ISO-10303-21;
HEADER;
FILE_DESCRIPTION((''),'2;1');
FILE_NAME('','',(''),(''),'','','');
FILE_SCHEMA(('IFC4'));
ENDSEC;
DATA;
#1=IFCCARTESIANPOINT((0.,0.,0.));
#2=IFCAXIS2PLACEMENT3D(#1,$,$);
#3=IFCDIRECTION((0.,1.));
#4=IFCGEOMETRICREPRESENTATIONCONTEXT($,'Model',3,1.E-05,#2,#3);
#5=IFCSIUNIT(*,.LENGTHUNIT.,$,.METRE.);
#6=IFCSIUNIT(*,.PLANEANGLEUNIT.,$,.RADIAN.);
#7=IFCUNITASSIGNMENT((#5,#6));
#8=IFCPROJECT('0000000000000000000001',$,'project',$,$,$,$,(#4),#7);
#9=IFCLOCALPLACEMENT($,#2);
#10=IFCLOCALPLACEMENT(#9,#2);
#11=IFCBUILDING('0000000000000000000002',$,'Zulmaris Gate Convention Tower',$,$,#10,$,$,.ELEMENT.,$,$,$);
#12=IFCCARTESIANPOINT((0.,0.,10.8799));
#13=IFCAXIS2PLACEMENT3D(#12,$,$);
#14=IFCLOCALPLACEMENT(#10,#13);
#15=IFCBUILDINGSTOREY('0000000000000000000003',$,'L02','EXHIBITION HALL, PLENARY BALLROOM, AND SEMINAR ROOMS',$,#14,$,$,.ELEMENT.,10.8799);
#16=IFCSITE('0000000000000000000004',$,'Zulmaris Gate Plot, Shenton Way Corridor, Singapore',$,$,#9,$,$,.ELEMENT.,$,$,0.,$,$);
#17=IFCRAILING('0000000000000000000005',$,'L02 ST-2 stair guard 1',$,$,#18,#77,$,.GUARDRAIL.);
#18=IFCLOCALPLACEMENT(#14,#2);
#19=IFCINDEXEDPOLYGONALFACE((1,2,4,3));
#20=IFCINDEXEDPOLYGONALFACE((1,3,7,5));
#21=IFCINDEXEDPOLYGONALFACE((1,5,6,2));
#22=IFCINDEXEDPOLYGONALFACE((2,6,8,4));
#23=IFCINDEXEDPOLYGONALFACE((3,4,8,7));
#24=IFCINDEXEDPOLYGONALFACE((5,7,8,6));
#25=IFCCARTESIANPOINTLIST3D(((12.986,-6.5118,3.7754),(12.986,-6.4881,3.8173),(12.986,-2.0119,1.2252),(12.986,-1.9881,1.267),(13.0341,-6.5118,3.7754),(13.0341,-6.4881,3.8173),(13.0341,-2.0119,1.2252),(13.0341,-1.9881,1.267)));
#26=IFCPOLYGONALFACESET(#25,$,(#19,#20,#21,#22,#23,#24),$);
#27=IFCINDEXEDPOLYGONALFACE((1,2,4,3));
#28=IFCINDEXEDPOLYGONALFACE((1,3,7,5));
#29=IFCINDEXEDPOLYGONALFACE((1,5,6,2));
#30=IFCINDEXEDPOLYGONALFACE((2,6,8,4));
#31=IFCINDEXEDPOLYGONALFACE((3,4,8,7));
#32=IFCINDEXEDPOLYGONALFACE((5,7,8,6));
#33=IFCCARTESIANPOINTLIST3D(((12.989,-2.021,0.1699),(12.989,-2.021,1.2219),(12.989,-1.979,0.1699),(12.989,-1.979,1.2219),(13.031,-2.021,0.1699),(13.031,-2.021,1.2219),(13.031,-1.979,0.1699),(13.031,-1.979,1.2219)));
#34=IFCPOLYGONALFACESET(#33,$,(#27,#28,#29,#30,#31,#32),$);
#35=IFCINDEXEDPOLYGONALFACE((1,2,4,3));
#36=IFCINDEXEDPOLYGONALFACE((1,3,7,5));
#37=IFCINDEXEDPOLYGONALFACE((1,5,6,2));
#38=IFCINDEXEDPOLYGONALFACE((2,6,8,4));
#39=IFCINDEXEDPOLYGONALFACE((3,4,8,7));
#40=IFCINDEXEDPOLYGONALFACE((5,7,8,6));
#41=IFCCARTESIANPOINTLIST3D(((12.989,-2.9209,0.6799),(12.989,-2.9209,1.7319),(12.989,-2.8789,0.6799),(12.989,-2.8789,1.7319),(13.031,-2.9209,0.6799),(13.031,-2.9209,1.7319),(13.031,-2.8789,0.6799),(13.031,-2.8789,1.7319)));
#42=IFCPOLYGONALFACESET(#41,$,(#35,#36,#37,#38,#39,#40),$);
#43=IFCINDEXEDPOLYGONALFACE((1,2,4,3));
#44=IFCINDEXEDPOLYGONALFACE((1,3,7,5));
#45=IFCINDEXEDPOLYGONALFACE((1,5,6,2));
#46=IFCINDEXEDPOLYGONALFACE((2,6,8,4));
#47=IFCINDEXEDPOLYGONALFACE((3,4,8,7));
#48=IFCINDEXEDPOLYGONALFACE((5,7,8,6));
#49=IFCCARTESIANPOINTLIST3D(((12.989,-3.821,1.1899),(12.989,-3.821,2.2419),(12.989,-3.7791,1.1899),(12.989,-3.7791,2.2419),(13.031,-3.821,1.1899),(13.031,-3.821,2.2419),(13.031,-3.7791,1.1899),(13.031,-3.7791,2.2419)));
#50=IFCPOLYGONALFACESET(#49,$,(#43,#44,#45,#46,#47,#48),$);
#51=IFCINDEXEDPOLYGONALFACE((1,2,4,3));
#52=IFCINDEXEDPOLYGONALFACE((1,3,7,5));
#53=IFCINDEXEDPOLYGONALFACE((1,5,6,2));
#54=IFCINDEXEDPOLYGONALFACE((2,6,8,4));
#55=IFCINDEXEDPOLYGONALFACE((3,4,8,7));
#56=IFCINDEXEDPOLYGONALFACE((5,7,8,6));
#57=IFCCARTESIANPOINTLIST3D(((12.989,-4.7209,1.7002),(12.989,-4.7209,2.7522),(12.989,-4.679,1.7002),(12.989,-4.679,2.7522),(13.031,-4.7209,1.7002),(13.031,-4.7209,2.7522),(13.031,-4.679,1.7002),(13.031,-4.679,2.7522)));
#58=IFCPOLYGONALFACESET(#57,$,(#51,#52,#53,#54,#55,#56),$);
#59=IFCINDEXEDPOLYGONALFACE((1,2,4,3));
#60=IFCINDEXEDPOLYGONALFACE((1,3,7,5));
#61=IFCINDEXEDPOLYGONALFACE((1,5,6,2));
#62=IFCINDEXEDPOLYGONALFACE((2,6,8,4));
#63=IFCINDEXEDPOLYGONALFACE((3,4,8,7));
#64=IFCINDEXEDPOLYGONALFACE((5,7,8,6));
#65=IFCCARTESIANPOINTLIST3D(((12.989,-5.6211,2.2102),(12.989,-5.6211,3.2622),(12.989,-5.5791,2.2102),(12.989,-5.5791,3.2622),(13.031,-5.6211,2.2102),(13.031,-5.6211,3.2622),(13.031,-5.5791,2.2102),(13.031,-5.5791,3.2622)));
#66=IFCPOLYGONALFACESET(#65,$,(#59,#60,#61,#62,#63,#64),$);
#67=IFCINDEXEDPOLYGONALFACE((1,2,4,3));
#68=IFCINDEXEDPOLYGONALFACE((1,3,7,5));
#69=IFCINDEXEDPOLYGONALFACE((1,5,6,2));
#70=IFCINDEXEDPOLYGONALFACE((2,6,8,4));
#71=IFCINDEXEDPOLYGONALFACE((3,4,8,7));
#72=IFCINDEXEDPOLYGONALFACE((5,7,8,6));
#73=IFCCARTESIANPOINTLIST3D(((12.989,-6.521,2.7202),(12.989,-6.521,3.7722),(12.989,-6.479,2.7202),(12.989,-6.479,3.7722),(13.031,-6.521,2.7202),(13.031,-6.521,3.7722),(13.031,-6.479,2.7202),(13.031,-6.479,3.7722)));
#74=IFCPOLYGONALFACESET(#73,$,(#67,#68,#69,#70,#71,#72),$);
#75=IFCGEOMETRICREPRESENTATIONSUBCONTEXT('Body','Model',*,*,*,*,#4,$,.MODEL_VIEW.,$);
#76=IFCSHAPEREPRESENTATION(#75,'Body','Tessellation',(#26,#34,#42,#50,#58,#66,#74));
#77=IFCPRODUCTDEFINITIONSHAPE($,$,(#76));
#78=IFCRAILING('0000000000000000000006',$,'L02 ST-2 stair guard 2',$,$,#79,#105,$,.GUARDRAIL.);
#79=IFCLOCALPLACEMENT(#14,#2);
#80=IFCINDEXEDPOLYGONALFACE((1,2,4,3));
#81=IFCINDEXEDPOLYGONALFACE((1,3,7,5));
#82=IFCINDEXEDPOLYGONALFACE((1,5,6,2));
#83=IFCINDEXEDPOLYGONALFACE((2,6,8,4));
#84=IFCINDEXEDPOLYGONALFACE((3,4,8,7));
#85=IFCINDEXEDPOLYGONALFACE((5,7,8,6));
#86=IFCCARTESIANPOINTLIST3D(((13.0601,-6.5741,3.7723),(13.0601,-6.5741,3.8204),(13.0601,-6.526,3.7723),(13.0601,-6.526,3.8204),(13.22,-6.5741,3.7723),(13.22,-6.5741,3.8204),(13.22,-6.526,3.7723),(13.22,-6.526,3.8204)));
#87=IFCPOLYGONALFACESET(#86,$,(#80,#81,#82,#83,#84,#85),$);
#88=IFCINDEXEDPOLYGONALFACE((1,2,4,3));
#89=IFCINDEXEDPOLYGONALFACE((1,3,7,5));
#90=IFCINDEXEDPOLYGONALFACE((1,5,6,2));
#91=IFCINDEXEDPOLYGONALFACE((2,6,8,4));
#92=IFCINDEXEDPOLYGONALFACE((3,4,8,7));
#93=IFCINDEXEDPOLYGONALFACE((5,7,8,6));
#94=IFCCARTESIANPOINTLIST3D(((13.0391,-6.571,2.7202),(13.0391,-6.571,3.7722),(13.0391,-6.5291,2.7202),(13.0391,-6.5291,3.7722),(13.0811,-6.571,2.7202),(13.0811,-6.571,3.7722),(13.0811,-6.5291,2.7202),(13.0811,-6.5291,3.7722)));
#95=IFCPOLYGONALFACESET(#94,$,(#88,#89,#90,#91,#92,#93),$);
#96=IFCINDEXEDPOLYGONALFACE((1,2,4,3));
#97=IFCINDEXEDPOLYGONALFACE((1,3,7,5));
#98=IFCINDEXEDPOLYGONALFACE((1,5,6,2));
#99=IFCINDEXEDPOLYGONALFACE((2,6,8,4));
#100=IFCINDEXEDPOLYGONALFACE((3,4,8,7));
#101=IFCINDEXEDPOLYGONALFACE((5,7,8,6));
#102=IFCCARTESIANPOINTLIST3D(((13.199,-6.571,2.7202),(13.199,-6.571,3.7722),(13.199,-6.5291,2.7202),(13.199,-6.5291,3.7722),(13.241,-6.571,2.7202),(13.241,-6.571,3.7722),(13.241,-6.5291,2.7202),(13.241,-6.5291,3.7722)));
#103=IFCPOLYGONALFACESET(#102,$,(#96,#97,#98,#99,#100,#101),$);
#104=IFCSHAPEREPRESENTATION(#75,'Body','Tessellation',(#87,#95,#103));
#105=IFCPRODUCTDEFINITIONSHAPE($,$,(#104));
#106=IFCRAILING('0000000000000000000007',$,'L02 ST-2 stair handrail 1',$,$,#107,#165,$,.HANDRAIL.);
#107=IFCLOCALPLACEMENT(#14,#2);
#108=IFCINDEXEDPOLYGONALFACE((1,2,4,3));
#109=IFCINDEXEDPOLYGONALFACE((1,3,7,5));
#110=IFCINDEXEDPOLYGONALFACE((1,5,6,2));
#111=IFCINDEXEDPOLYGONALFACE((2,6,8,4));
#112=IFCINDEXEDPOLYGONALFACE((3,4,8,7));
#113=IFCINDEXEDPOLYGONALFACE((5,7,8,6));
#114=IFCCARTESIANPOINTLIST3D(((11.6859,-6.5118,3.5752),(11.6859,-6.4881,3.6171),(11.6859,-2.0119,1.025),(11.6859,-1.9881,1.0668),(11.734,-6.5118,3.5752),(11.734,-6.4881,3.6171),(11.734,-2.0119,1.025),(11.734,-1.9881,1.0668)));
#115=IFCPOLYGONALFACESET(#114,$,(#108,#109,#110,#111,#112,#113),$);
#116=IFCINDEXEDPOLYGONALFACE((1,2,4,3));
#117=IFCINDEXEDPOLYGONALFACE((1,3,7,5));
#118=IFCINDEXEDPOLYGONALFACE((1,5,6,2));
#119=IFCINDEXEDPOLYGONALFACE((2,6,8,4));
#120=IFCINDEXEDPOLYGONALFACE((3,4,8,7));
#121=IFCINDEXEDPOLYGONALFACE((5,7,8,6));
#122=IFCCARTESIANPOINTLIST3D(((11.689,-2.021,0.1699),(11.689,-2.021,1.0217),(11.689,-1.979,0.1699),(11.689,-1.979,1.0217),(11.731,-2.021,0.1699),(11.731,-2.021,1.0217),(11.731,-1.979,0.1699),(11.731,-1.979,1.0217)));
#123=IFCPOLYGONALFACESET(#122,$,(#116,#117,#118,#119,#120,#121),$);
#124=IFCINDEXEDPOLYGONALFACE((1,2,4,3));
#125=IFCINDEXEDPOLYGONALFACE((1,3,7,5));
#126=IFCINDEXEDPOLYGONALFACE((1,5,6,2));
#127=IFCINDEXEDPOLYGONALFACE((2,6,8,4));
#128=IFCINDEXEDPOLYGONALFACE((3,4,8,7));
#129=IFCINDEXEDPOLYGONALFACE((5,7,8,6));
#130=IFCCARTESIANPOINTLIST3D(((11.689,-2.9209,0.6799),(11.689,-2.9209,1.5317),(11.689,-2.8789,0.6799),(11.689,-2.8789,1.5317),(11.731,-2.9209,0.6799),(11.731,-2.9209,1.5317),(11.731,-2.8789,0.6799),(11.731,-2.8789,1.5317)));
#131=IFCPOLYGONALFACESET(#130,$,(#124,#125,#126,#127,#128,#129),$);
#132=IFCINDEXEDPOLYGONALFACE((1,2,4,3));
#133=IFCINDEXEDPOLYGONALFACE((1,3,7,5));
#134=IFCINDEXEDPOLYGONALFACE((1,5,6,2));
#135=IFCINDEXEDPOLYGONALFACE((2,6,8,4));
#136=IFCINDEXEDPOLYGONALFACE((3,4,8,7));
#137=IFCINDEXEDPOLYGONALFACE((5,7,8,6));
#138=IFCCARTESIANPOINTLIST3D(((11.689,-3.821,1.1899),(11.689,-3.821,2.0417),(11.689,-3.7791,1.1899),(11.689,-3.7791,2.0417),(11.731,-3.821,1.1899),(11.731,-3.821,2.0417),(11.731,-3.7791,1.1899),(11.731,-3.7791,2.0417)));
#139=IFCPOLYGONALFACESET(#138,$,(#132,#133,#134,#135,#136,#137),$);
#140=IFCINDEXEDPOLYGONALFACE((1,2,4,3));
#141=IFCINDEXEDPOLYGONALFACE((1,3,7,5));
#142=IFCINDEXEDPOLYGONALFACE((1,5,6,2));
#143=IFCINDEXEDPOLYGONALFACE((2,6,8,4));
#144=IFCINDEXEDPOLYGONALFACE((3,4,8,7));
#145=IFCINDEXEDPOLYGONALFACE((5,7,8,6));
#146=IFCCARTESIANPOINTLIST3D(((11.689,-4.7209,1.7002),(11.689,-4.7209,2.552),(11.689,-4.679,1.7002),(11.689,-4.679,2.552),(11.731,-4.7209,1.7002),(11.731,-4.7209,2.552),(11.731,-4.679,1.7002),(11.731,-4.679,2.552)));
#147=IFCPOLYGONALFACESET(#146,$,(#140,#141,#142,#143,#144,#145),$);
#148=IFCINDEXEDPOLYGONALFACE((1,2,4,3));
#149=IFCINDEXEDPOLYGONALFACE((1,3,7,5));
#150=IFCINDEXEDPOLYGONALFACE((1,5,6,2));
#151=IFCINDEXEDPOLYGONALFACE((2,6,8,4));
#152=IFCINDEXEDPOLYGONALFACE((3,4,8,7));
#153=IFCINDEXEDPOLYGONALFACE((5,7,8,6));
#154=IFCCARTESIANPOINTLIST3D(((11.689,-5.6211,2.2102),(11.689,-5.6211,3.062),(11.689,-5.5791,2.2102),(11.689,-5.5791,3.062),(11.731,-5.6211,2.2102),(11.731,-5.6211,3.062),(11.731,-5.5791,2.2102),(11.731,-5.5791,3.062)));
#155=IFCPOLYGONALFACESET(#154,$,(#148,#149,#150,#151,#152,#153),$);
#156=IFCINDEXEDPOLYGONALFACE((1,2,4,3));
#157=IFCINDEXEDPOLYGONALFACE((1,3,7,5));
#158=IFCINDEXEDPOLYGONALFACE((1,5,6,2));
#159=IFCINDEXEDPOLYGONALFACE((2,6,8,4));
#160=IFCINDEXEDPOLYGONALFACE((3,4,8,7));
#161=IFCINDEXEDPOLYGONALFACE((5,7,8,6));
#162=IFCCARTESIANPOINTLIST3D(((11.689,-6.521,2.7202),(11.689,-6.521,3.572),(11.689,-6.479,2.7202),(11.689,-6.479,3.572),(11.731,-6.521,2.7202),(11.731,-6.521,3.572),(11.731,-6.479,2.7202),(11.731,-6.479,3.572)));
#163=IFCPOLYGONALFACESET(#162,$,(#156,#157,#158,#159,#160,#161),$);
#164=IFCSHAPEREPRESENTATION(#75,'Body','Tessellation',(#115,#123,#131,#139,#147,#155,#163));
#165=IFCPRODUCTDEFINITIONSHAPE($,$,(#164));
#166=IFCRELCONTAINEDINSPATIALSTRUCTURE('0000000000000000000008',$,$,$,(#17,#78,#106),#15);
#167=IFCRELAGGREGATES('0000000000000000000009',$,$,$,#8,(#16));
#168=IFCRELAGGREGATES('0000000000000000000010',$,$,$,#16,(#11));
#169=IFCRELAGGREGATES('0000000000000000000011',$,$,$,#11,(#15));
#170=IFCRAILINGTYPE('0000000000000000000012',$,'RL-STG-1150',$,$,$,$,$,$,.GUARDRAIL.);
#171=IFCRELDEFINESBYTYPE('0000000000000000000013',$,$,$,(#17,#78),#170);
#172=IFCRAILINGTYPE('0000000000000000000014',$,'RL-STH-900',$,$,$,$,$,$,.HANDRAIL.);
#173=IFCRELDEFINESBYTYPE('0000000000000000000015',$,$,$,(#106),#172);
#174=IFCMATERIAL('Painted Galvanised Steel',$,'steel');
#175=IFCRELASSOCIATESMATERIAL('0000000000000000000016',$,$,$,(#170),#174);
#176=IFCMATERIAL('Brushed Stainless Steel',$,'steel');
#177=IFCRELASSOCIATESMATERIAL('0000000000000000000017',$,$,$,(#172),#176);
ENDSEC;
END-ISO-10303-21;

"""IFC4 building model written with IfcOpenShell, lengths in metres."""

from ifc_helpers import new_model, si_unit, direction, frame, origin, origin_2d, place, context, subcontext, project, spatial, rectangle, extrude, material, type_object, element, save


model = new_model("IFC4")

# Units and contexts
model_context = context("Model", 3, precision=1e-05, world=origin(), true_north=direction((0.0, 1.0)))
body_context = subcontext(model_context, "Body", "Model", "MODEL_VIEW")
ifc_project = project(units=[si_unit("LENGTHUNIT", "METRE"), si_unit("PLANEANGLEUNIT", "RADIAN")], contexts=[model_context])

# Site, building, storey
site_placement = place(None, origin())
site = spatial("IfcSite", under=ifc_project, at=site_placement, Name="Zulmaris Gate Plot, Shenton Way Corridor, Singapore", CompositionType="ELEMENT", RefElevation=0.0)
building_placement = place(site_placement, origin())
building = spatial("IfcBuilding", under=site, at=building_placement, Name="Zulmaris Gate Convention Tower", CompositionType="ELEMENT")
storey_placement = place(building_placement, frame((0.0, 0.0, 10.8799)))
storey = spatial("IfcBuildingStorey", under=building, at=storey_placement, Name="L02", Description="EXHIBITION HALL, PLENARY BALLROOM, AND SEMINAR ROOMS", CompositionType="ELEMENT", Elevation=10.8799)

# Railings
ifc_material_1 = material(Name="Painted Galvanised Steel", Category="steel")
railing_type_1 = type_object("IfcRailingType", Name="RL-STG-1150", PredefinedType="GUARDRAIL", material=ifc_material_1)
railing_1_placement = place(storey_placement, frame((13.01, -2.0, 0.1699)))
element("IfcRailing", 1, at=railing_1_placement, inside=storey, type_object=railing_type_1, Name="L02 ST-2 stair guard 1", PredefinedType="GUARDRAIL", context=body_context, shape_type="SweptSolid", body=[
    extrude(rectangle(XDim=0.0481, YDim=0.0481, at=origin_2d()), frame((0.0, 0.0, 1.0762), z_axis=(0.0, -0.869998, 0.493055), x_axis=(1.0, 0.0, 0.0)), (0.0, 0.0, 1.0), 5.1724),
    extrude(rectangle(XDim=0.042, YDim=0.042, at=origin_2d()), origin(), (0.0, 0.0, 1.0), 1.052),
    extrude(rectangle(XDim=0.042, YDim=0.042, at=origin_2d()), frame((0.0, -0.8999, 0.51)), (0.0, 0.0, 1.0), 1.052),
    extrude(rectangle(XDim=0.042, YDim=0.042, at=origin_2d()), frame((0.0, -1.8, 1.02)), (0.0, 0.0, 1.0), 1.052),
    extrude(rectangle(XDim=0.042, YDim=0.042, at=origin_2d()), frame((0.0, -2.7, 1.5303)), (0.0, 0.0, 1.0), 1.052),
    extrude(rectangle(XDim=0.042, YDim=0.042, at=origin_2d()), frame((0.0, -3.6001, 2.0403)), (0.0, 0.0, 1.0), 1.052),
    extrude(rectangle(XDim=0.042, YDim=0.042, at=origin_2d()), frame((0.0, -4.5, 2.5503)), (0.0, 0.0, 1.0), 1.052),
])
railing_2_placement = place(storey_placement, frame((13.0601, -6.55, 2.7202)))
element("IfcRailing", 2, at=railing_2_placement, inside=storey, type_object=railing_type_1, Name="L02 ST-2 stair guard 2", PredefinedType="GUARDRAIL", context=body_context, shape_type="SweptSolid", body=[
    extrude(rectangle(XDim=0.0481, YDim=0.0481, at=origin_2d()), frame((0.0, 0.0, 1.0762), z_axis=(1.0, 0.0, 0.0), x_axis=(0.0, 1.0, 0.0)), (0.0, 0.0, 1.0), 0.1599),
    extrude(rectangle(XDim=0.042, YDim=0.042, at=origin_2d()), origin(), (0.0, 0.0, 1.0), 1.052),
    extrude(rectangle(XDim=0.042, YDim=0.042, at=origin_2d()), frame((0.1599, 0.0, 0.0)), (0.0, 0.0, 1.0), 1.052),
])
ifc_material_2 = material(Name="Brushed Stainless Steel", Category="steel")
railing_type_2 = type_object("IfcRailingType", Name="RL-STH-900", PredefinedType="HANDRAIL", material=ifc_material_2)
railing_3_placement = place(storey_placement, frame((11.71, -2.0, 0.1699)))
element("IfcRailing", 3, at=railing_3_placement, inside=storey, type_object=railing_type_2, Name="L02 ST-2 stair handrail 1", PredefinedType="HANDRAIL", context=body_context, shape_type="SweptSolid", body=[
    extrude(rectangle(XDim=0.0481, YDim=0.0481, at=origin_2d()), frame((0.0, 0.0, 0.876), z_axis=(0.0, -0.869998, 0.493055), x_axis=(1.0, 0.0, 0.0)), (0.0, 0.0, 1.0), 5.1724),
    extrude(rectangle(XDim=0.042, YDim=0.042, at=origin_2d()), origin(), (0.0, 0.0, 1.0), 0.8518),
    extrude(rectangle(XDim=0.042, YDim=0.042, at=origin_2d()), frame((0.0, -0.8999, 0.51)), (0.0, 0.0, 1.0), 0.8518),
    extrude(rectangle(XDim=0.042, YDim=0.042, at=origin_2d()), frame((0.0, -1.8, 1.02)), (0.0, 0.0, 1.0), 0.8518),
    extrude(rectangle(XDim=0.042, YDim=0.042, at=origin_2d()), frame((0.0, -2.7, 1.5303)), (0.0, 0.0, 1.0), 0.8518),
    extrude(rectangle(XDim=0.042, YDim=0.042, at=origin_2d()), frame((0.0, -3.6001, 2.0403)), (0.0, 0.0, 1.0), 0.8518),
    extrude(rectangle(XDim=0.042, YDim=0.042, at=origin_2d()), frame((0.0, -4.5, 2.5503)), (0.0, 0.0, 1.0), 0.8518),
])

save(model, "model.ifc")
